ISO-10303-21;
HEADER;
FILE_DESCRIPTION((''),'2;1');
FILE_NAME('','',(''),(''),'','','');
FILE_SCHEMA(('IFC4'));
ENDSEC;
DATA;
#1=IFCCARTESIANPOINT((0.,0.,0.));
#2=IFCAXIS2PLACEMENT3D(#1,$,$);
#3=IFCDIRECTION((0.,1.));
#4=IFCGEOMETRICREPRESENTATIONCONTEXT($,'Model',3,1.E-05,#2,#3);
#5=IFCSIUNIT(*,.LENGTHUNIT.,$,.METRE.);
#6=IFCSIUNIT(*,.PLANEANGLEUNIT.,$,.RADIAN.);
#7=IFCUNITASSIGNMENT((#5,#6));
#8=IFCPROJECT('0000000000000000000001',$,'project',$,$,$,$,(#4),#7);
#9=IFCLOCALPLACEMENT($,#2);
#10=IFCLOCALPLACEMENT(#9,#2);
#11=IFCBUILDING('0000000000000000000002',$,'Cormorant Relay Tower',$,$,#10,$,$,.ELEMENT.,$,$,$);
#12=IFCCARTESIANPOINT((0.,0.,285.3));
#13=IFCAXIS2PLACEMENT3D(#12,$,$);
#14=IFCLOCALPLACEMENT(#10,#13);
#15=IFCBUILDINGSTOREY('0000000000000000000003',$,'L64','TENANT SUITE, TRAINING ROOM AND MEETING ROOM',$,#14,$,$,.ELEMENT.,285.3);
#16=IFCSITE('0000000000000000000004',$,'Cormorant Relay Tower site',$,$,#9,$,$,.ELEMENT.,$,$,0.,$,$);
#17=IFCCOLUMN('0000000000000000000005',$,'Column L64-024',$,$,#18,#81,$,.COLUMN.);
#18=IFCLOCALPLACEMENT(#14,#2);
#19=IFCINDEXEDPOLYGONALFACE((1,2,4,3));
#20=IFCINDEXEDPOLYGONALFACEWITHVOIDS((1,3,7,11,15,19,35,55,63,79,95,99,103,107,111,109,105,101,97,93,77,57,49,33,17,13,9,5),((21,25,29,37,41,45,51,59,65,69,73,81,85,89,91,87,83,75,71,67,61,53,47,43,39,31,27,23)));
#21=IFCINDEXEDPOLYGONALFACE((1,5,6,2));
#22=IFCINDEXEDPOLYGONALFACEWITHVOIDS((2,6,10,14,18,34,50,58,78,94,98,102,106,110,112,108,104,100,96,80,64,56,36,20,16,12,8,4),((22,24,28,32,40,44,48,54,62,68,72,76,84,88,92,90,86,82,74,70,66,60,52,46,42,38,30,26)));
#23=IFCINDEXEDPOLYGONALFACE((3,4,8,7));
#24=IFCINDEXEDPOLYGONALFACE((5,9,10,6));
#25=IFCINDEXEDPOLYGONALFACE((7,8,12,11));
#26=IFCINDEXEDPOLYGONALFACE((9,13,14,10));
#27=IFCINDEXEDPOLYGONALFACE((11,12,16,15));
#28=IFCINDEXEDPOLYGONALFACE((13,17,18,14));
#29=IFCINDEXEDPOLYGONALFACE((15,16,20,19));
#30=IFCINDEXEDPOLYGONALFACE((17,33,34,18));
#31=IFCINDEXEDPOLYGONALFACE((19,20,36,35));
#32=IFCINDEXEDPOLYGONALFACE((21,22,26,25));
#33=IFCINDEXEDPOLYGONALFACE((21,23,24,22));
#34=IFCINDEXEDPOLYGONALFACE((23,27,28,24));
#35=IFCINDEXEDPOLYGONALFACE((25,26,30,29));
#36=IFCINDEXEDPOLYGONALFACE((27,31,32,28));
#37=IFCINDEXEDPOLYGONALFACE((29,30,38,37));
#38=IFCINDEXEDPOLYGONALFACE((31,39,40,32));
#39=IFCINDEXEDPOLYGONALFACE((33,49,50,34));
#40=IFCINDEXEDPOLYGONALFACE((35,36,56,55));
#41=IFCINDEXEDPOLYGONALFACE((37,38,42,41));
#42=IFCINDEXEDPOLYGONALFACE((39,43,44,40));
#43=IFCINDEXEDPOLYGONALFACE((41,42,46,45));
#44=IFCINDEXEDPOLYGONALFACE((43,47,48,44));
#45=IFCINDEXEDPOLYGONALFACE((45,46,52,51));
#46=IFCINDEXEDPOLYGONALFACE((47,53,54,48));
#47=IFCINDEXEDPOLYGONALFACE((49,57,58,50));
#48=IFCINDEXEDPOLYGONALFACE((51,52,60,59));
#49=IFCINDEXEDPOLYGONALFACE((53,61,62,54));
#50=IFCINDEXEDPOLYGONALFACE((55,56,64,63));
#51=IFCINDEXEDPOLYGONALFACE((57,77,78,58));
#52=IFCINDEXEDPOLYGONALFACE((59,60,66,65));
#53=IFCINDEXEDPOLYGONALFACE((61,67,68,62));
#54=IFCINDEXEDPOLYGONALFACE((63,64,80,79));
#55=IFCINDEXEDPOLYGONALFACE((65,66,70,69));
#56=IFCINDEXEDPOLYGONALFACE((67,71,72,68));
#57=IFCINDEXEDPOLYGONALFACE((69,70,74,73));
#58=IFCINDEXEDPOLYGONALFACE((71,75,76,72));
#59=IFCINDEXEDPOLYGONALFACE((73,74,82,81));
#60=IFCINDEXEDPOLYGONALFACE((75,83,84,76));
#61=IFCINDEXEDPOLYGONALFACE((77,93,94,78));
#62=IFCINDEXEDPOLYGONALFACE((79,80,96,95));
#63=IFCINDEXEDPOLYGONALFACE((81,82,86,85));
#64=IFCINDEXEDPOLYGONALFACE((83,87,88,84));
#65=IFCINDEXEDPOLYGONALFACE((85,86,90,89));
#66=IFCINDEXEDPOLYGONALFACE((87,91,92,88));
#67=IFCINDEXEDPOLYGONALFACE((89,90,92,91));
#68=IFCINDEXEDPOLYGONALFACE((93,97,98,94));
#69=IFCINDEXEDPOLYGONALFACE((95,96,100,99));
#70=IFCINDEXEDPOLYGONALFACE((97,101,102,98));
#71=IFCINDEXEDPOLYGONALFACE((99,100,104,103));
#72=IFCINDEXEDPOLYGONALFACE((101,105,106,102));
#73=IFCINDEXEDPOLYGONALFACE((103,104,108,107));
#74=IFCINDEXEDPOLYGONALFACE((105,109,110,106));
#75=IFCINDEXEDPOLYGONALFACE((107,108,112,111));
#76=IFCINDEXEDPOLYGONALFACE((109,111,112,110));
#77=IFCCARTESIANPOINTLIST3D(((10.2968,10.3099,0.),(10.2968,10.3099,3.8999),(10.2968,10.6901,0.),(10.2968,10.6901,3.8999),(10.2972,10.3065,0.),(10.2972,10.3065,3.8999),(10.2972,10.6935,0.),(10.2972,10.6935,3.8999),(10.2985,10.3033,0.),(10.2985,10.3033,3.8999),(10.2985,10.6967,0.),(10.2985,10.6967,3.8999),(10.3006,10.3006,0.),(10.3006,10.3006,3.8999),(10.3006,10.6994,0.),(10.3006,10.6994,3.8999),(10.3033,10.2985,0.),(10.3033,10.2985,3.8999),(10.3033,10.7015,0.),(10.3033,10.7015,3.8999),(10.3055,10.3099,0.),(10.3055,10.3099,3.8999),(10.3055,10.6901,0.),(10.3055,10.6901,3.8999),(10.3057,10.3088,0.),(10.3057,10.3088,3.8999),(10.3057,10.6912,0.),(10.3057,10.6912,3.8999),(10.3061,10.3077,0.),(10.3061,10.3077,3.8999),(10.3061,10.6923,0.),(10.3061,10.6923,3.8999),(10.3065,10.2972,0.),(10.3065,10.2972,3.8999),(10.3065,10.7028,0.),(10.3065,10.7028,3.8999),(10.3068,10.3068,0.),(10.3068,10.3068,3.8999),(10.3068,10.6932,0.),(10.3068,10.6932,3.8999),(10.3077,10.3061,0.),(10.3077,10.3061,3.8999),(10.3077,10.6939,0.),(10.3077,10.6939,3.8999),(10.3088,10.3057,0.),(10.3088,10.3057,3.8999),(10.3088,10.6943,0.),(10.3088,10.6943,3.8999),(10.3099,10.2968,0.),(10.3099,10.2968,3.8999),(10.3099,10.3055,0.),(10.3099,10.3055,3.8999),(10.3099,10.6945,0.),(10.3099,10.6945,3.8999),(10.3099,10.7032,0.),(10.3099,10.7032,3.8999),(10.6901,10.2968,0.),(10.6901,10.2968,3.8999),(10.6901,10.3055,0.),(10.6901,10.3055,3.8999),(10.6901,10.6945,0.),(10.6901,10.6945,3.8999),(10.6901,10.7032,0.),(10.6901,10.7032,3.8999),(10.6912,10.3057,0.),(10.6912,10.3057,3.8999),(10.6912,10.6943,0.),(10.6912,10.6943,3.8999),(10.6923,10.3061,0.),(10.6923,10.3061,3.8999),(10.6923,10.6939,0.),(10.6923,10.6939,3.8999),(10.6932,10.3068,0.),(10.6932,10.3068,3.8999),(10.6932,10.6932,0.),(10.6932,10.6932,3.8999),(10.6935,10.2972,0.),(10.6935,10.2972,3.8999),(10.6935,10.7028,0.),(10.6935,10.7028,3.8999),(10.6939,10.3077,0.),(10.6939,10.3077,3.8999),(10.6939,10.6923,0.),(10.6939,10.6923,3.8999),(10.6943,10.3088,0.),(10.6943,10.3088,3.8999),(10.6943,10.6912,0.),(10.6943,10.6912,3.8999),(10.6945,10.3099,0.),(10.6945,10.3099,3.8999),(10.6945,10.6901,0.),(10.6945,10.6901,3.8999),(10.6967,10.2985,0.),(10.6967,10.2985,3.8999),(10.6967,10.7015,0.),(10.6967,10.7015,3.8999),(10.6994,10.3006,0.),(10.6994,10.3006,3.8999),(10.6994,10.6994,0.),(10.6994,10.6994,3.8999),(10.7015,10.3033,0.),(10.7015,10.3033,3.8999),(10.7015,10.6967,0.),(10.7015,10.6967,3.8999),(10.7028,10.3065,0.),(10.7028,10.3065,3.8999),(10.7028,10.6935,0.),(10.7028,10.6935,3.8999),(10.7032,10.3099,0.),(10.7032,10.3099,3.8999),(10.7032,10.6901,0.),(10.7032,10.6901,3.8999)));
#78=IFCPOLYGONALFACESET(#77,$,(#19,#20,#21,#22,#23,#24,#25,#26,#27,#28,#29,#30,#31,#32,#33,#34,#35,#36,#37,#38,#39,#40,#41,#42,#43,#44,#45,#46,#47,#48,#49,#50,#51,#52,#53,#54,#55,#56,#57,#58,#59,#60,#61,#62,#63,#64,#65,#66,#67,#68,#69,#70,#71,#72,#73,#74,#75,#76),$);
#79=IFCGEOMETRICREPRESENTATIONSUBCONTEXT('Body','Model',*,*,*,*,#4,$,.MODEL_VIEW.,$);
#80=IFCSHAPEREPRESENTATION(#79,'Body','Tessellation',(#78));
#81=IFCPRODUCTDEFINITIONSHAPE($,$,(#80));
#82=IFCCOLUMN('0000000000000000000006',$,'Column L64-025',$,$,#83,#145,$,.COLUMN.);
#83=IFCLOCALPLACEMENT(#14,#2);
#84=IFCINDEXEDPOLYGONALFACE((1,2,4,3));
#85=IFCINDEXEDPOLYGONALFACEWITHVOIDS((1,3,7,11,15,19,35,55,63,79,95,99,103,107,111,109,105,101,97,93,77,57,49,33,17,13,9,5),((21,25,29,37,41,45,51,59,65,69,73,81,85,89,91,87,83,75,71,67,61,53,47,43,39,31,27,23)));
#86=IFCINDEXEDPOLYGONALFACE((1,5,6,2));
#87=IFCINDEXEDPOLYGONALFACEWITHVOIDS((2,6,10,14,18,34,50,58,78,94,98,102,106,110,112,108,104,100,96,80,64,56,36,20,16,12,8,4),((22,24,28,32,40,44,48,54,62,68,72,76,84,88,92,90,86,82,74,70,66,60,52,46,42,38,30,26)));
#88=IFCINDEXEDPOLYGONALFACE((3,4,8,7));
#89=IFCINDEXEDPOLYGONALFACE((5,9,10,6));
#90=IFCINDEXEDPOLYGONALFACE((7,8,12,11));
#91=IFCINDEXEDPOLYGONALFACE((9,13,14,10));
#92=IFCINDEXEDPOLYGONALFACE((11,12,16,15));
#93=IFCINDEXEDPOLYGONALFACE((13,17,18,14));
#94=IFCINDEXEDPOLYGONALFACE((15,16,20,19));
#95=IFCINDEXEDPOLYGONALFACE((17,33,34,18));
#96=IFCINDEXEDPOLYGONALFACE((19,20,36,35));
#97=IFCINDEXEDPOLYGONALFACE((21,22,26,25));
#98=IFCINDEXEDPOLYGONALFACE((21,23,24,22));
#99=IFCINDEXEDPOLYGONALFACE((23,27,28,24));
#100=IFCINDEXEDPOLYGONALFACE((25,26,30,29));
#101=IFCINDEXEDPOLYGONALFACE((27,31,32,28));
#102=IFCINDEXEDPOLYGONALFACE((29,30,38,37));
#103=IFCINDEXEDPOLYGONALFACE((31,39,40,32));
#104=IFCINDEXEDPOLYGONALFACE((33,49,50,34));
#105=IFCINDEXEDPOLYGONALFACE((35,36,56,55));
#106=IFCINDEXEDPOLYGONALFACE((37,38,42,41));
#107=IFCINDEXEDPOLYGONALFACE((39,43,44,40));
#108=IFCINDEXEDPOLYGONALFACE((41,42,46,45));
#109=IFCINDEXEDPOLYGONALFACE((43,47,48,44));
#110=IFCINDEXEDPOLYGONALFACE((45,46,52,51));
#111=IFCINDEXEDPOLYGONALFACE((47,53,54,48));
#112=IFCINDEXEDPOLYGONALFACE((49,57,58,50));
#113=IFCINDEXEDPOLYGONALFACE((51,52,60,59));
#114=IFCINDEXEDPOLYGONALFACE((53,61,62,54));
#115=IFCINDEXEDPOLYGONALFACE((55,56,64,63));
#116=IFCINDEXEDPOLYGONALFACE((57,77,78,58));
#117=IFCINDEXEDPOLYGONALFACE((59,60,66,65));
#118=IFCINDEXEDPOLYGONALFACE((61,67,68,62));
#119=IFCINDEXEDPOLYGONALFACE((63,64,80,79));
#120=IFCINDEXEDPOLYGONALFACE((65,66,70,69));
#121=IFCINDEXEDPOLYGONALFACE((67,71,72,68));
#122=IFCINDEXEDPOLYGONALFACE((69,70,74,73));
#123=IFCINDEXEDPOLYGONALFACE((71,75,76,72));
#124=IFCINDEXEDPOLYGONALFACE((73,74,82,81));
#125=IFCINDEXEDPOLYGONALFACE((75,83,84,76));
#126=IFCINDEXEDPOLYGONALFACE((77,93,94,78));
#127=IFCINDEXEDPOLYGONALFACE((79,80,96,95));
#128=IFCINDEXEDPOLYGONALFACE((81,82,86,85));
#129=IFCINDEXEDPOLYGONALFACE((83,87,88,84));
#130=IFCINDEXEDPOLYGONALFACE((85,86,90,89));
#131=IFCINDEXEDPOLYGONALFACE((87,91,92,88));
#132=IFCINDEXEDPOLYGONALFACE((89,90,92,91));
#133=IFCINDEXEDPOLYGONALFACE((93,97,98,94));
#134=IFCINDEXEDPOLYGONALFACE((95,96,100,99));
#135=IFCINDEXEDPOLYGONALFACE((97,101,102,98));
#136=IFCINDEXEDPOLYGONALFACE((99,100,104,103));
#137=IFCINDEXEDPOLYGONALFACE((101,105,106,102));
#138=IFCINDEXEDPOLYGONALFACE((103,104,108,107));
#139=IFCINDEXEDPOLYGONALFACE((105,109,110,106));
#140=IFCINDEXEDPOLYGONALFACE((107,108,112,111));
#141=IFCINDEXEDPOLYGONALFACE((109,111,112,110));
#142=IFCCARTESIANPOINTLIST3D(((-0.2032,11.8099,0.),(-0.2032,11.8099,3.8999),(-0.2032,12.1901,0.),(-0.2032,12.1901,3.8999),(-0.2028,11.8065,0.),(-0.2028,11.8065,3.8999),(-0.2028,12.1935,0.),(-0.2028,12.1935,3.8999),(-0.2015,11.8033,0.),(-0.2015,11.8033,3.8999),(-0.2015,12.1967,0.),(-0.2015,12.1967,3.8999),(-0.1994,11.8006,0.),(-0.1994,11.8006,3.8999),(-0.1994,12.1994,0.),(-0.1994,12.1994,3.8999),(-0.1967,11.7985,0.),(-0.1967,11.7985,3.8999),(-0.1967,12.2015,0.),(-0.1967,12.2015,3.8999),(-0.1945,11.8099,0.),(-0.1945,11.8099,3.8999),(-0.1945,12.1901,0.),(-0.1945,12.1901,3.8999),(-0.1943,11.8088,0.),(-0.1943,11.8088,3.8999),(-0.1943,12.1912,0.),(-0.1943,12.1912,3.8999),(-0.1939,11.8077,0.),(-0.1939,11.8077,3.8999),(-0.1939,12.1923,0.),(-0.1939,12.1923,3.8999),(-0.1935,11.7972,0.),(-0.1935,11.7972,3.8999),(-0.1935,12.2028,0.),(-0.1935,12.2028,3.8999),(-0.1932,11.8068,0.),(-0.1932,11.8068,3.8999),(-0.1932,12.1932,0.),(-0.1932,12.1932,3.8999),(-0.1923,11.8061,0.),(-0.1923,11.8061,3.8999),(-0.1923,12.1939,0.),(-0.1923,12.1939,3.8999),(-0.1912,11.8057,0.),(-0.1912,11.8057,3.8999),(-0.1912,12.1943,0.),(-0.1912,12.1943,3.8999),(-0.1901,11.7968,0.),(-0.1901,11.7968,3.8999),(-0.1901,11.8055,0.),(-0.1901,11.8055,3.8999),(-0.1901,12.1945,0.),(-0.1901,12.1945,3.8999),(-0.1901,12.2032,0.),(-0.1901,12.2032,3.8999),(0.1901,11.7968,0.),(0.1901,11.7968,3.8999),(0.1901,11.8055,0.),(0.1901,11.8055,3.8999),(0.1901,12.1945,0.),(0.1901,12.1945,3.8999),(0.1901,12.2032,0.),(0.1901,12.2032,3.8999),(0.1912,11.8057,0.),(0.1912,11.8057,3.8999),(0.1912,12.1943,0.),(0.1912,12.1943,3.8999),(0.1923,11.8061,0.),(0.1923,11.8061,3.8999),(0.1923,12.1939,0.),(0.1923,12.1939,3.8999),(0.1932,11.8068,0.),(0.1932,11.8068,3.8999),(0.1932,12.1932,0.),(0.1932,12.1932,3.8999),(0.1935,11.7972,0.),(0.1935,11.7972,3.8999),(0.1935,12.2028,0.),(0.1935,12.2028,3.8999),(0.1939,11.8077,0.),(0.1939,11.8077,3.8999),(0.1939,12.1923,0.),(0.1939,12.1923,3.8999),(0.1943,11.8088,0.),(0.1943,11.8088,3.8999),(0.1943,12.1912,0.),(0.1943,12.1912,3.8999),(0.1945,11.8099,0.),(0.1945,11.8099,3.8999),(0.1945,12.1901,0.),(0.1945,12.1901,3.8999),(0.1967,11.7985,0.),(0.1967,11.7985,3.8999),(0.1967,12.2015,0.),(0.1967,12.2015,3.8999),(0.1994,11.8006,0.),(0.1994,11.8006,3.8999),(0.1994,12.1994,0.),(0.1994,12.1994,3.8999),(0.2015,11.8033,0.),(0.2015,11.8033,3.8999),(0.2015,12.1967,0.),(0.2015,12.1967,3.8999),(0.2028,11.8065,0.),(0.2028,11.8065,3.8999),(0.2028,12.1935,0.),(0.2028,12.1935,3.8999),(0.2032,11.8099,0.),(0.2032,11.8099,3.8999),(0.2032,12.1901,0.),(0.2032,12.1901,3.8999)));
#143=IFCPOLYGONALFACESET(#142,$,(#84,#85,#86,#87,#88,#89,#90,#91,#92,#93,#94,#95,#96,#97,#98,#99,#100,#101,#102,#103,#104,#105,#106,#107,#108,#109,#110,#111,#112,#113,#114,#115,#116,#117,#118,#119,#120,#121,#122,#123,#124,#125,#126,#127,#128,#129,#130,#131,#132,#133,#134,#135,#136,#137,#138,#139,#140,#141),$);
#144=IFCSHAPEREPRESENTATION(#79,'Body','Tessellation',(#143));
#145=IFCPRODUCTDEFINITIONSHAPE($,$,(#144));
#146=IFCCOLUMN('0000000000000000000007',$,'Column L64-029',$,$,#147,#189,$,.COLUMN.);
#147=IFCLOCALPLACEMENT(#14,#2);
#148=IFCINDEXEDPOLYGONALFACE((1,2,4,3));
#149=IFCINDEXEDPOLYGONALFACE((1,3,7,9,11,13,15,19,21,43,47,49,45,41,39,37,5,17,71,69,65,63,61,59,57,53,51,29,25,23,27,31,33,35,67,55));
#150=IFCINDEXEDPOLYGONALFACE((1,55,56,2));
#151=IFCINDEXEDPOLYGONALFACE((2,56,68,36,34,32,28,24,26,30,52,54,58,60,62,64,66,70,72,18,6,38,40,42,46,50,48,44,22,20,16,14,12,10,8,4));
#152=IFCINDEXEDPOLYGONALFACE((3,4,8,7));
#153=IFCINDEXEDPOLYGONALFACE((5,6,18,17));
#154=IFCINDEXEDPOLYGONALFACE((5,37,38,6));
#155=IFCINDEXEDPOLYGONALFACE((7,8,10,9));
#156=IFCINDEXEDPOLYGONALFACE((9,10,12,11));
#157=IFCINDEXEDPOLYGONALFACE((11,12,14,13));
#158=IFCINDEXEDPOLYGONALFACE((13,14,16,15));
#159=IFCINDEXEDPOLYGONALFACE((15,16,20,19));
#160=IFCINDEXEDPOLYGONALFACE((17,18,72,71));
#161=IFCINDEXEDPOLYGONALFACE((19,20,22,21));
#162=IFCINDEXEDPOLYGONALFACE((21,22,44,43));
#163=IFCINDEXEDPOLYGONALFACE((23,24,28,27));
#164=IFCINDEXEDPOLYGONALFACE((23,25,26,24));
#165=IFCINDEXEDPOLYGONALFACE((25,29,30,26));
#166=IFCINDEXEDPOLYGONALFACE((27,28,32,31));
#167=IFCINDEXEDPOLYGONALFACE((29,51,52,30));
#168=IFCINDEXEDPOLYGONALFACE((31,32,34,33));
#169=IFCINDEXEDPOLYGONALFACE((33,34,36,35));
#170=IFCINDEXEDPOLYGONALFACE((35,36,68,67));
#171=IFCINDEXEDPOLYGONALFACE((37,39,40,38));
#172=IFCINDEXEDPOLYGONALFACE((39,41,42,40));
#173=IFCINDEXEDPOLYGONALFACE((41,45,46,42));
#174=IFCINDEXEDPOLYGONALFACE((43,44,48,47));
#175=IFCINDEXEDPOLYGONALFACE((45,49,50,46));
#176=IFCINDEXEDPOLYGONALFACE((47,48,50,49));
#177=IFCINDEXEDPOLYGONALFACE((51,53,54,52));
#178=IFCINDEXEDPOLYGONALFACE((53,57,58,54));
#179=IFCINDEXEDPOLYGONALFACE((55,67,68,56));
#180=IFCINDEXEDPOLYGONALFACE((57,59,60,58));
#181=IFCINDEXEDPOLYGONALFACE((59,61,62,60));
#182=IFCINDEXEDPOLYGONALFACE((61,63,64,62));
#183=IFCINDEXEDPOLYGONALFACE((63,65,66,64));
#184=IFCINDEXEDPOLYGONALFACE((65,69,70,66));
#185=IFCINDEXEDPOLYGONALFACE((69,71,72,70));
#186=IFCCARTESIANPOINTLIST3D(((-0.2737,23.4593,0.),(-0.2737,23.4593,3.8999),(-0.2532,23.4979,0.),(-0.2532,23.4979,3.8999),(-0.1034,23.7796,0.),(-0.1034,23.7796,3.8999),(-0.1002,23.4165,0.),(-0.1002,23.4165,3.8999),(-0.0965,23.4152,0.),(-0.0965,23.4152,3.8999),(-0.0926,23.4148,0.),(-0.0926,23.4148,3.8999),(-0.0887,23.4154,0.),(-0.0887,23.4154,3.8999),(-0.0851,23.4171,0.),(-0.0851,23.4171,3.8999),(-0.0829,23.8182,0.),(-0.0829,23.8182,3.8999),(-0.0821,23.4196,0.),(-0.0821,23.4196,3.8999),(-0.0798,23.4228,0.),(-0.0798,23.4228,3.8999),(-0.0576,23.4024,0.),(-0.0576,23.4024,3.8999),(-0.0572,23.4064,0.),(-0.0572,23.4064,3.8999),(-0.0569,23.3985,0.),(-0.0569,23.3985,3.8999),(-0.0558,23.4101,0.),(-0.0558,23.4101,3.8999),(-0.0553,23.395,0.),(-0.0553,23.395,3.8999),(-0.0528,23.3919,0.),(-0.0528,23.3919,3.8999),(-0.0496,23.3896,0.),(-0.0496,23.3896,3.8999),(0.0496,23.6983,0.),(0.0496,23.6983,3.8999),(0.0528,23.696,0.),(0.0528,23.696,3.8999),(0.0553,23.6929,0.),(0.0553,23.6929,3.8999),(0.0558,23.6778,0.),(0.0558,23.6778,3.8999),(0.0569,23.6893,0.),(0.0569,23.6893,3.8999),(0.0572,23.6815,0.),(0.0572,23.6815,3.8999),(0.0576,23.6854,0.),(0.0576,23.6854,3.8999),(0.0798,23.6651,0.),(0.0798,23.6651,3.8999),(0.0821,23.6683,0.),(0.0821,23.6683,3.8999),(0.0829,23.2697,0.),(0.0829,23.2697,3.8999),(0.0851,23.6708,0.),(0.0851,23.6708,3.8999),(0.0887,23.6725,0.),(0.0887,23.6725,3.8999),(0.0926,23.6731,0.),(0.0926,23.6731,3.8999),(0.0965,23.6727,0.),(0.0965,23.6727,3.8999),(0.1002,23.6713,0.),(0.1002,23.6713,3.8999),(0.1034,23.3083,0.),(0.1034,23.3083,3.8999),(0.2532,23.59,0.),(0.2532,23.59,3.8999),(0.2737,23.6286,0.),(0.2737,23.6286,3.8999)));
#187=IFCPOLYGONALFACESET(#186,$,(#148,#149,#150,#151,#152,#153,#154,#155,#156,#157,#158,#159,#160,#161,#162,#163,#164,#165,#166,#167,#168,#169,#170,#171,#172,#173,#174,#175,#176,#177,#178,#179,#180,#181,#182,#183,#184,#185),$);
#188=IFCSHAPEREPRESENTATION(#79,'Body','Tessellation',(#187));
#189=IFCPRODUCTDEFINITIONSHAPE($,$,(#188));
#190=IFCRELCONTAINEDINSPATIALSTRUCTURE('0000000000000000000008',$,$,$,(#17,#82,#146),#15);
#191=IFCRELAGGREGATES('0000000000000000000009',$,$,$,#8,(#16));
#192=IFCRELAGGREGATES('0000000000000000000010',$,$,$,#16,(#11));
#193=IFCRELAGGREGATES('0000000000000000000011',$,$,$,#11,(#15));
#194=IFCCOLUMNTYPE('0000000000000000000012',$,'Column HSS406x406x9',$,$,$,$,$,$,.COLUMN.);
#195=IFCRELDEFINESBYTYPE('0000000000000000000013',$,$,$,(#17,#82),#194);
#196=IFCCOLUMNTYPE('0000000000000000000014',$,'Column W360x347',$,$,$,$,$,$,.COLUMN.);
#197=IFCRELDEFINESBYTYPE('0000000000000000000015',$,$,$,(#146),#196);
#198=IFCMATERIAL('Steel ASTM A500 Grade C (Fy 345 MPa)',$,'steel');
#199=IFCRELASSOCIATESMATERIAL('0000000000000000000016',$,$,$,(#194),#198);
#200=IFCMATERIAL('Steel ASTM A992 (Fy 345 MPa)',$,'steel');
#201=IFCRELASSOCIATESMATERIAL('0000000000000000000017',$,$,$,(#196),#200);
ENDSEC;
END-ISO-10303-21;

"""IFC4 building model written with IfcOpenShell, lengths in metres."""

from ifc_helpers import new_model, si_unit, direction, frame, origin, origin_2d, place, context, subcontext, project, spatial, hollow_rectangle, i_section, extrude, material, material_profile, profile_set, type_object, element, save


model = new_model("IFC4")

# Units and contexts
model_context = context("Model", 3, precision=1e-05, world=origin(), true_north=direction((0.0, 1.0)))
body_context = subcontext(model_context, "Body", "Model", "MODEL_VIEW")
ifc_project = project(units=[si_unit("LENGTHUNIT", "METRE"), si_unit("PLANEANGLEUNIT", "RADIAN")], contexts=[model_context])

# Site, building, storey
site_placement = place(None, origin())
site = spatial("IfcSite", under=ifc_project, at=site_placement, Name="Cormorant Relay Tower site", CompositionType="ELEMENT", RefElevation=0.0)
building_placement = place(site_placement, origin())
building = spatial("IfcBuilding", under=site, at=building_placement, Name="Cormorant Relay Tower", CompositionType="ELEMENT")
storey_placement = place(building_placement, frame((0.0, 0.0, 285.3)))
storey = spatial("IfcBuildingStorey", under=building, at=storey_placement, Name="L64", Description="TENANT SUITE, TRAINING ROOM AND MEETING ROOM", CompositionType="ELEMENT", Elevation=285.3)

# Columns
ifc_material_1 = material(Name="Steel ASTM A500 Grade C (Fy 345 MPa)", Category="steel")
ifc_material_profile_1 = material_profile(ifc_material_1, hollow_rectangle(XDim=0.4065, YDim=0.4065, WallThickness=0.0088, InnerFilletRadius=0.0044, OuterFilletRadius=0.0132, at=origin_2d()), Name="HSS406x406x9")
ifc_profile_set_1 = profile_set([ifc_material_profile_1], Name="Steel ASTM A500 Grade C (Fy 345 MPa)")
column_type_1 = type_object("IfcColumnType", Name="Column HSS406x406x9", PredefinedType="COLUMN", material=ifc_profile_set_1)
for number, where, z_axis, x_axis, name in (
    (1, (10.5, 10.5, 0.0), (0.0, 0.0, 1.0), (1.0, 0.0, 0.0), "Column L64-024"),
    (2, (0.0, 12.0, 0.0), (0.0, 0.0, 1.0), (1.0, 0.0, 0.0), "Column L64-025"),
):
    element("IfcColumn", number, at=place(storey_placement, frame(where, z_axis=z_axis, x_axis=x_axis)), inside=storey, type_object=column_type_1, Name=name, PredefinedType="COLUMN", context=body_context, shape_type="SweptSolid", body=[
        extrude(hollow_rectangle(XDim=0.4065, YDim=0.4065, WallThickness=0.0088, InnerFilletRadius=0.0044, OuterFilletRadius=0.0132, at=origin_2d()), origin(), (0.0, 0.0, 1.0), 3.8999),
    ])
ifc_material_2 = material(Name="Steel ASTM A992 (Fy 345 MPa)", Category="steel")
ifc_material_profile_2 = material_profile(ifc_material_2, i_section(OverallWidth=0.4038, OverallDepth=0.4065, WebThickness=0.0271, FlangeThickness=0.0437, FilletRadius=0.0151, at=origin_2d()), Name="W360x347")
ifc_profile_set_2 = profile_set([ifc_material_profile_2], Name="Steel ASTM A992 (Fy 345 MPa)")
column_type_2 = type_object("IfcColumnType", Name="Column W360x347", PredefinedType="COLUMN", material=ifc_profile_set_2)
column_placement = place(storey_placement, frame((0.0, 23.5439, 0.0), z_axis=(0.0, 0.0, 1.0), x_axis=(-0.882948, 0.469472, 0.0)))
element("IfcColumn", 3, at=column_placement, inside=storey, type_object=column_type_2, Name="Column L64-029", PredefinedType="COLUMN", context=body_context, shape_type="SweptSolid", body=[
    extrude(i_section(OverallWidth=0.4038, OverallDepth=0.4065, WebThickness=0.0271, FlangeThickness=0.0437, FilletRadius=0.0151, at=origin_2d()), origin(), (0.0, 0.0, 1.0), 3.8999),
])

save(model, "model.ifc")
